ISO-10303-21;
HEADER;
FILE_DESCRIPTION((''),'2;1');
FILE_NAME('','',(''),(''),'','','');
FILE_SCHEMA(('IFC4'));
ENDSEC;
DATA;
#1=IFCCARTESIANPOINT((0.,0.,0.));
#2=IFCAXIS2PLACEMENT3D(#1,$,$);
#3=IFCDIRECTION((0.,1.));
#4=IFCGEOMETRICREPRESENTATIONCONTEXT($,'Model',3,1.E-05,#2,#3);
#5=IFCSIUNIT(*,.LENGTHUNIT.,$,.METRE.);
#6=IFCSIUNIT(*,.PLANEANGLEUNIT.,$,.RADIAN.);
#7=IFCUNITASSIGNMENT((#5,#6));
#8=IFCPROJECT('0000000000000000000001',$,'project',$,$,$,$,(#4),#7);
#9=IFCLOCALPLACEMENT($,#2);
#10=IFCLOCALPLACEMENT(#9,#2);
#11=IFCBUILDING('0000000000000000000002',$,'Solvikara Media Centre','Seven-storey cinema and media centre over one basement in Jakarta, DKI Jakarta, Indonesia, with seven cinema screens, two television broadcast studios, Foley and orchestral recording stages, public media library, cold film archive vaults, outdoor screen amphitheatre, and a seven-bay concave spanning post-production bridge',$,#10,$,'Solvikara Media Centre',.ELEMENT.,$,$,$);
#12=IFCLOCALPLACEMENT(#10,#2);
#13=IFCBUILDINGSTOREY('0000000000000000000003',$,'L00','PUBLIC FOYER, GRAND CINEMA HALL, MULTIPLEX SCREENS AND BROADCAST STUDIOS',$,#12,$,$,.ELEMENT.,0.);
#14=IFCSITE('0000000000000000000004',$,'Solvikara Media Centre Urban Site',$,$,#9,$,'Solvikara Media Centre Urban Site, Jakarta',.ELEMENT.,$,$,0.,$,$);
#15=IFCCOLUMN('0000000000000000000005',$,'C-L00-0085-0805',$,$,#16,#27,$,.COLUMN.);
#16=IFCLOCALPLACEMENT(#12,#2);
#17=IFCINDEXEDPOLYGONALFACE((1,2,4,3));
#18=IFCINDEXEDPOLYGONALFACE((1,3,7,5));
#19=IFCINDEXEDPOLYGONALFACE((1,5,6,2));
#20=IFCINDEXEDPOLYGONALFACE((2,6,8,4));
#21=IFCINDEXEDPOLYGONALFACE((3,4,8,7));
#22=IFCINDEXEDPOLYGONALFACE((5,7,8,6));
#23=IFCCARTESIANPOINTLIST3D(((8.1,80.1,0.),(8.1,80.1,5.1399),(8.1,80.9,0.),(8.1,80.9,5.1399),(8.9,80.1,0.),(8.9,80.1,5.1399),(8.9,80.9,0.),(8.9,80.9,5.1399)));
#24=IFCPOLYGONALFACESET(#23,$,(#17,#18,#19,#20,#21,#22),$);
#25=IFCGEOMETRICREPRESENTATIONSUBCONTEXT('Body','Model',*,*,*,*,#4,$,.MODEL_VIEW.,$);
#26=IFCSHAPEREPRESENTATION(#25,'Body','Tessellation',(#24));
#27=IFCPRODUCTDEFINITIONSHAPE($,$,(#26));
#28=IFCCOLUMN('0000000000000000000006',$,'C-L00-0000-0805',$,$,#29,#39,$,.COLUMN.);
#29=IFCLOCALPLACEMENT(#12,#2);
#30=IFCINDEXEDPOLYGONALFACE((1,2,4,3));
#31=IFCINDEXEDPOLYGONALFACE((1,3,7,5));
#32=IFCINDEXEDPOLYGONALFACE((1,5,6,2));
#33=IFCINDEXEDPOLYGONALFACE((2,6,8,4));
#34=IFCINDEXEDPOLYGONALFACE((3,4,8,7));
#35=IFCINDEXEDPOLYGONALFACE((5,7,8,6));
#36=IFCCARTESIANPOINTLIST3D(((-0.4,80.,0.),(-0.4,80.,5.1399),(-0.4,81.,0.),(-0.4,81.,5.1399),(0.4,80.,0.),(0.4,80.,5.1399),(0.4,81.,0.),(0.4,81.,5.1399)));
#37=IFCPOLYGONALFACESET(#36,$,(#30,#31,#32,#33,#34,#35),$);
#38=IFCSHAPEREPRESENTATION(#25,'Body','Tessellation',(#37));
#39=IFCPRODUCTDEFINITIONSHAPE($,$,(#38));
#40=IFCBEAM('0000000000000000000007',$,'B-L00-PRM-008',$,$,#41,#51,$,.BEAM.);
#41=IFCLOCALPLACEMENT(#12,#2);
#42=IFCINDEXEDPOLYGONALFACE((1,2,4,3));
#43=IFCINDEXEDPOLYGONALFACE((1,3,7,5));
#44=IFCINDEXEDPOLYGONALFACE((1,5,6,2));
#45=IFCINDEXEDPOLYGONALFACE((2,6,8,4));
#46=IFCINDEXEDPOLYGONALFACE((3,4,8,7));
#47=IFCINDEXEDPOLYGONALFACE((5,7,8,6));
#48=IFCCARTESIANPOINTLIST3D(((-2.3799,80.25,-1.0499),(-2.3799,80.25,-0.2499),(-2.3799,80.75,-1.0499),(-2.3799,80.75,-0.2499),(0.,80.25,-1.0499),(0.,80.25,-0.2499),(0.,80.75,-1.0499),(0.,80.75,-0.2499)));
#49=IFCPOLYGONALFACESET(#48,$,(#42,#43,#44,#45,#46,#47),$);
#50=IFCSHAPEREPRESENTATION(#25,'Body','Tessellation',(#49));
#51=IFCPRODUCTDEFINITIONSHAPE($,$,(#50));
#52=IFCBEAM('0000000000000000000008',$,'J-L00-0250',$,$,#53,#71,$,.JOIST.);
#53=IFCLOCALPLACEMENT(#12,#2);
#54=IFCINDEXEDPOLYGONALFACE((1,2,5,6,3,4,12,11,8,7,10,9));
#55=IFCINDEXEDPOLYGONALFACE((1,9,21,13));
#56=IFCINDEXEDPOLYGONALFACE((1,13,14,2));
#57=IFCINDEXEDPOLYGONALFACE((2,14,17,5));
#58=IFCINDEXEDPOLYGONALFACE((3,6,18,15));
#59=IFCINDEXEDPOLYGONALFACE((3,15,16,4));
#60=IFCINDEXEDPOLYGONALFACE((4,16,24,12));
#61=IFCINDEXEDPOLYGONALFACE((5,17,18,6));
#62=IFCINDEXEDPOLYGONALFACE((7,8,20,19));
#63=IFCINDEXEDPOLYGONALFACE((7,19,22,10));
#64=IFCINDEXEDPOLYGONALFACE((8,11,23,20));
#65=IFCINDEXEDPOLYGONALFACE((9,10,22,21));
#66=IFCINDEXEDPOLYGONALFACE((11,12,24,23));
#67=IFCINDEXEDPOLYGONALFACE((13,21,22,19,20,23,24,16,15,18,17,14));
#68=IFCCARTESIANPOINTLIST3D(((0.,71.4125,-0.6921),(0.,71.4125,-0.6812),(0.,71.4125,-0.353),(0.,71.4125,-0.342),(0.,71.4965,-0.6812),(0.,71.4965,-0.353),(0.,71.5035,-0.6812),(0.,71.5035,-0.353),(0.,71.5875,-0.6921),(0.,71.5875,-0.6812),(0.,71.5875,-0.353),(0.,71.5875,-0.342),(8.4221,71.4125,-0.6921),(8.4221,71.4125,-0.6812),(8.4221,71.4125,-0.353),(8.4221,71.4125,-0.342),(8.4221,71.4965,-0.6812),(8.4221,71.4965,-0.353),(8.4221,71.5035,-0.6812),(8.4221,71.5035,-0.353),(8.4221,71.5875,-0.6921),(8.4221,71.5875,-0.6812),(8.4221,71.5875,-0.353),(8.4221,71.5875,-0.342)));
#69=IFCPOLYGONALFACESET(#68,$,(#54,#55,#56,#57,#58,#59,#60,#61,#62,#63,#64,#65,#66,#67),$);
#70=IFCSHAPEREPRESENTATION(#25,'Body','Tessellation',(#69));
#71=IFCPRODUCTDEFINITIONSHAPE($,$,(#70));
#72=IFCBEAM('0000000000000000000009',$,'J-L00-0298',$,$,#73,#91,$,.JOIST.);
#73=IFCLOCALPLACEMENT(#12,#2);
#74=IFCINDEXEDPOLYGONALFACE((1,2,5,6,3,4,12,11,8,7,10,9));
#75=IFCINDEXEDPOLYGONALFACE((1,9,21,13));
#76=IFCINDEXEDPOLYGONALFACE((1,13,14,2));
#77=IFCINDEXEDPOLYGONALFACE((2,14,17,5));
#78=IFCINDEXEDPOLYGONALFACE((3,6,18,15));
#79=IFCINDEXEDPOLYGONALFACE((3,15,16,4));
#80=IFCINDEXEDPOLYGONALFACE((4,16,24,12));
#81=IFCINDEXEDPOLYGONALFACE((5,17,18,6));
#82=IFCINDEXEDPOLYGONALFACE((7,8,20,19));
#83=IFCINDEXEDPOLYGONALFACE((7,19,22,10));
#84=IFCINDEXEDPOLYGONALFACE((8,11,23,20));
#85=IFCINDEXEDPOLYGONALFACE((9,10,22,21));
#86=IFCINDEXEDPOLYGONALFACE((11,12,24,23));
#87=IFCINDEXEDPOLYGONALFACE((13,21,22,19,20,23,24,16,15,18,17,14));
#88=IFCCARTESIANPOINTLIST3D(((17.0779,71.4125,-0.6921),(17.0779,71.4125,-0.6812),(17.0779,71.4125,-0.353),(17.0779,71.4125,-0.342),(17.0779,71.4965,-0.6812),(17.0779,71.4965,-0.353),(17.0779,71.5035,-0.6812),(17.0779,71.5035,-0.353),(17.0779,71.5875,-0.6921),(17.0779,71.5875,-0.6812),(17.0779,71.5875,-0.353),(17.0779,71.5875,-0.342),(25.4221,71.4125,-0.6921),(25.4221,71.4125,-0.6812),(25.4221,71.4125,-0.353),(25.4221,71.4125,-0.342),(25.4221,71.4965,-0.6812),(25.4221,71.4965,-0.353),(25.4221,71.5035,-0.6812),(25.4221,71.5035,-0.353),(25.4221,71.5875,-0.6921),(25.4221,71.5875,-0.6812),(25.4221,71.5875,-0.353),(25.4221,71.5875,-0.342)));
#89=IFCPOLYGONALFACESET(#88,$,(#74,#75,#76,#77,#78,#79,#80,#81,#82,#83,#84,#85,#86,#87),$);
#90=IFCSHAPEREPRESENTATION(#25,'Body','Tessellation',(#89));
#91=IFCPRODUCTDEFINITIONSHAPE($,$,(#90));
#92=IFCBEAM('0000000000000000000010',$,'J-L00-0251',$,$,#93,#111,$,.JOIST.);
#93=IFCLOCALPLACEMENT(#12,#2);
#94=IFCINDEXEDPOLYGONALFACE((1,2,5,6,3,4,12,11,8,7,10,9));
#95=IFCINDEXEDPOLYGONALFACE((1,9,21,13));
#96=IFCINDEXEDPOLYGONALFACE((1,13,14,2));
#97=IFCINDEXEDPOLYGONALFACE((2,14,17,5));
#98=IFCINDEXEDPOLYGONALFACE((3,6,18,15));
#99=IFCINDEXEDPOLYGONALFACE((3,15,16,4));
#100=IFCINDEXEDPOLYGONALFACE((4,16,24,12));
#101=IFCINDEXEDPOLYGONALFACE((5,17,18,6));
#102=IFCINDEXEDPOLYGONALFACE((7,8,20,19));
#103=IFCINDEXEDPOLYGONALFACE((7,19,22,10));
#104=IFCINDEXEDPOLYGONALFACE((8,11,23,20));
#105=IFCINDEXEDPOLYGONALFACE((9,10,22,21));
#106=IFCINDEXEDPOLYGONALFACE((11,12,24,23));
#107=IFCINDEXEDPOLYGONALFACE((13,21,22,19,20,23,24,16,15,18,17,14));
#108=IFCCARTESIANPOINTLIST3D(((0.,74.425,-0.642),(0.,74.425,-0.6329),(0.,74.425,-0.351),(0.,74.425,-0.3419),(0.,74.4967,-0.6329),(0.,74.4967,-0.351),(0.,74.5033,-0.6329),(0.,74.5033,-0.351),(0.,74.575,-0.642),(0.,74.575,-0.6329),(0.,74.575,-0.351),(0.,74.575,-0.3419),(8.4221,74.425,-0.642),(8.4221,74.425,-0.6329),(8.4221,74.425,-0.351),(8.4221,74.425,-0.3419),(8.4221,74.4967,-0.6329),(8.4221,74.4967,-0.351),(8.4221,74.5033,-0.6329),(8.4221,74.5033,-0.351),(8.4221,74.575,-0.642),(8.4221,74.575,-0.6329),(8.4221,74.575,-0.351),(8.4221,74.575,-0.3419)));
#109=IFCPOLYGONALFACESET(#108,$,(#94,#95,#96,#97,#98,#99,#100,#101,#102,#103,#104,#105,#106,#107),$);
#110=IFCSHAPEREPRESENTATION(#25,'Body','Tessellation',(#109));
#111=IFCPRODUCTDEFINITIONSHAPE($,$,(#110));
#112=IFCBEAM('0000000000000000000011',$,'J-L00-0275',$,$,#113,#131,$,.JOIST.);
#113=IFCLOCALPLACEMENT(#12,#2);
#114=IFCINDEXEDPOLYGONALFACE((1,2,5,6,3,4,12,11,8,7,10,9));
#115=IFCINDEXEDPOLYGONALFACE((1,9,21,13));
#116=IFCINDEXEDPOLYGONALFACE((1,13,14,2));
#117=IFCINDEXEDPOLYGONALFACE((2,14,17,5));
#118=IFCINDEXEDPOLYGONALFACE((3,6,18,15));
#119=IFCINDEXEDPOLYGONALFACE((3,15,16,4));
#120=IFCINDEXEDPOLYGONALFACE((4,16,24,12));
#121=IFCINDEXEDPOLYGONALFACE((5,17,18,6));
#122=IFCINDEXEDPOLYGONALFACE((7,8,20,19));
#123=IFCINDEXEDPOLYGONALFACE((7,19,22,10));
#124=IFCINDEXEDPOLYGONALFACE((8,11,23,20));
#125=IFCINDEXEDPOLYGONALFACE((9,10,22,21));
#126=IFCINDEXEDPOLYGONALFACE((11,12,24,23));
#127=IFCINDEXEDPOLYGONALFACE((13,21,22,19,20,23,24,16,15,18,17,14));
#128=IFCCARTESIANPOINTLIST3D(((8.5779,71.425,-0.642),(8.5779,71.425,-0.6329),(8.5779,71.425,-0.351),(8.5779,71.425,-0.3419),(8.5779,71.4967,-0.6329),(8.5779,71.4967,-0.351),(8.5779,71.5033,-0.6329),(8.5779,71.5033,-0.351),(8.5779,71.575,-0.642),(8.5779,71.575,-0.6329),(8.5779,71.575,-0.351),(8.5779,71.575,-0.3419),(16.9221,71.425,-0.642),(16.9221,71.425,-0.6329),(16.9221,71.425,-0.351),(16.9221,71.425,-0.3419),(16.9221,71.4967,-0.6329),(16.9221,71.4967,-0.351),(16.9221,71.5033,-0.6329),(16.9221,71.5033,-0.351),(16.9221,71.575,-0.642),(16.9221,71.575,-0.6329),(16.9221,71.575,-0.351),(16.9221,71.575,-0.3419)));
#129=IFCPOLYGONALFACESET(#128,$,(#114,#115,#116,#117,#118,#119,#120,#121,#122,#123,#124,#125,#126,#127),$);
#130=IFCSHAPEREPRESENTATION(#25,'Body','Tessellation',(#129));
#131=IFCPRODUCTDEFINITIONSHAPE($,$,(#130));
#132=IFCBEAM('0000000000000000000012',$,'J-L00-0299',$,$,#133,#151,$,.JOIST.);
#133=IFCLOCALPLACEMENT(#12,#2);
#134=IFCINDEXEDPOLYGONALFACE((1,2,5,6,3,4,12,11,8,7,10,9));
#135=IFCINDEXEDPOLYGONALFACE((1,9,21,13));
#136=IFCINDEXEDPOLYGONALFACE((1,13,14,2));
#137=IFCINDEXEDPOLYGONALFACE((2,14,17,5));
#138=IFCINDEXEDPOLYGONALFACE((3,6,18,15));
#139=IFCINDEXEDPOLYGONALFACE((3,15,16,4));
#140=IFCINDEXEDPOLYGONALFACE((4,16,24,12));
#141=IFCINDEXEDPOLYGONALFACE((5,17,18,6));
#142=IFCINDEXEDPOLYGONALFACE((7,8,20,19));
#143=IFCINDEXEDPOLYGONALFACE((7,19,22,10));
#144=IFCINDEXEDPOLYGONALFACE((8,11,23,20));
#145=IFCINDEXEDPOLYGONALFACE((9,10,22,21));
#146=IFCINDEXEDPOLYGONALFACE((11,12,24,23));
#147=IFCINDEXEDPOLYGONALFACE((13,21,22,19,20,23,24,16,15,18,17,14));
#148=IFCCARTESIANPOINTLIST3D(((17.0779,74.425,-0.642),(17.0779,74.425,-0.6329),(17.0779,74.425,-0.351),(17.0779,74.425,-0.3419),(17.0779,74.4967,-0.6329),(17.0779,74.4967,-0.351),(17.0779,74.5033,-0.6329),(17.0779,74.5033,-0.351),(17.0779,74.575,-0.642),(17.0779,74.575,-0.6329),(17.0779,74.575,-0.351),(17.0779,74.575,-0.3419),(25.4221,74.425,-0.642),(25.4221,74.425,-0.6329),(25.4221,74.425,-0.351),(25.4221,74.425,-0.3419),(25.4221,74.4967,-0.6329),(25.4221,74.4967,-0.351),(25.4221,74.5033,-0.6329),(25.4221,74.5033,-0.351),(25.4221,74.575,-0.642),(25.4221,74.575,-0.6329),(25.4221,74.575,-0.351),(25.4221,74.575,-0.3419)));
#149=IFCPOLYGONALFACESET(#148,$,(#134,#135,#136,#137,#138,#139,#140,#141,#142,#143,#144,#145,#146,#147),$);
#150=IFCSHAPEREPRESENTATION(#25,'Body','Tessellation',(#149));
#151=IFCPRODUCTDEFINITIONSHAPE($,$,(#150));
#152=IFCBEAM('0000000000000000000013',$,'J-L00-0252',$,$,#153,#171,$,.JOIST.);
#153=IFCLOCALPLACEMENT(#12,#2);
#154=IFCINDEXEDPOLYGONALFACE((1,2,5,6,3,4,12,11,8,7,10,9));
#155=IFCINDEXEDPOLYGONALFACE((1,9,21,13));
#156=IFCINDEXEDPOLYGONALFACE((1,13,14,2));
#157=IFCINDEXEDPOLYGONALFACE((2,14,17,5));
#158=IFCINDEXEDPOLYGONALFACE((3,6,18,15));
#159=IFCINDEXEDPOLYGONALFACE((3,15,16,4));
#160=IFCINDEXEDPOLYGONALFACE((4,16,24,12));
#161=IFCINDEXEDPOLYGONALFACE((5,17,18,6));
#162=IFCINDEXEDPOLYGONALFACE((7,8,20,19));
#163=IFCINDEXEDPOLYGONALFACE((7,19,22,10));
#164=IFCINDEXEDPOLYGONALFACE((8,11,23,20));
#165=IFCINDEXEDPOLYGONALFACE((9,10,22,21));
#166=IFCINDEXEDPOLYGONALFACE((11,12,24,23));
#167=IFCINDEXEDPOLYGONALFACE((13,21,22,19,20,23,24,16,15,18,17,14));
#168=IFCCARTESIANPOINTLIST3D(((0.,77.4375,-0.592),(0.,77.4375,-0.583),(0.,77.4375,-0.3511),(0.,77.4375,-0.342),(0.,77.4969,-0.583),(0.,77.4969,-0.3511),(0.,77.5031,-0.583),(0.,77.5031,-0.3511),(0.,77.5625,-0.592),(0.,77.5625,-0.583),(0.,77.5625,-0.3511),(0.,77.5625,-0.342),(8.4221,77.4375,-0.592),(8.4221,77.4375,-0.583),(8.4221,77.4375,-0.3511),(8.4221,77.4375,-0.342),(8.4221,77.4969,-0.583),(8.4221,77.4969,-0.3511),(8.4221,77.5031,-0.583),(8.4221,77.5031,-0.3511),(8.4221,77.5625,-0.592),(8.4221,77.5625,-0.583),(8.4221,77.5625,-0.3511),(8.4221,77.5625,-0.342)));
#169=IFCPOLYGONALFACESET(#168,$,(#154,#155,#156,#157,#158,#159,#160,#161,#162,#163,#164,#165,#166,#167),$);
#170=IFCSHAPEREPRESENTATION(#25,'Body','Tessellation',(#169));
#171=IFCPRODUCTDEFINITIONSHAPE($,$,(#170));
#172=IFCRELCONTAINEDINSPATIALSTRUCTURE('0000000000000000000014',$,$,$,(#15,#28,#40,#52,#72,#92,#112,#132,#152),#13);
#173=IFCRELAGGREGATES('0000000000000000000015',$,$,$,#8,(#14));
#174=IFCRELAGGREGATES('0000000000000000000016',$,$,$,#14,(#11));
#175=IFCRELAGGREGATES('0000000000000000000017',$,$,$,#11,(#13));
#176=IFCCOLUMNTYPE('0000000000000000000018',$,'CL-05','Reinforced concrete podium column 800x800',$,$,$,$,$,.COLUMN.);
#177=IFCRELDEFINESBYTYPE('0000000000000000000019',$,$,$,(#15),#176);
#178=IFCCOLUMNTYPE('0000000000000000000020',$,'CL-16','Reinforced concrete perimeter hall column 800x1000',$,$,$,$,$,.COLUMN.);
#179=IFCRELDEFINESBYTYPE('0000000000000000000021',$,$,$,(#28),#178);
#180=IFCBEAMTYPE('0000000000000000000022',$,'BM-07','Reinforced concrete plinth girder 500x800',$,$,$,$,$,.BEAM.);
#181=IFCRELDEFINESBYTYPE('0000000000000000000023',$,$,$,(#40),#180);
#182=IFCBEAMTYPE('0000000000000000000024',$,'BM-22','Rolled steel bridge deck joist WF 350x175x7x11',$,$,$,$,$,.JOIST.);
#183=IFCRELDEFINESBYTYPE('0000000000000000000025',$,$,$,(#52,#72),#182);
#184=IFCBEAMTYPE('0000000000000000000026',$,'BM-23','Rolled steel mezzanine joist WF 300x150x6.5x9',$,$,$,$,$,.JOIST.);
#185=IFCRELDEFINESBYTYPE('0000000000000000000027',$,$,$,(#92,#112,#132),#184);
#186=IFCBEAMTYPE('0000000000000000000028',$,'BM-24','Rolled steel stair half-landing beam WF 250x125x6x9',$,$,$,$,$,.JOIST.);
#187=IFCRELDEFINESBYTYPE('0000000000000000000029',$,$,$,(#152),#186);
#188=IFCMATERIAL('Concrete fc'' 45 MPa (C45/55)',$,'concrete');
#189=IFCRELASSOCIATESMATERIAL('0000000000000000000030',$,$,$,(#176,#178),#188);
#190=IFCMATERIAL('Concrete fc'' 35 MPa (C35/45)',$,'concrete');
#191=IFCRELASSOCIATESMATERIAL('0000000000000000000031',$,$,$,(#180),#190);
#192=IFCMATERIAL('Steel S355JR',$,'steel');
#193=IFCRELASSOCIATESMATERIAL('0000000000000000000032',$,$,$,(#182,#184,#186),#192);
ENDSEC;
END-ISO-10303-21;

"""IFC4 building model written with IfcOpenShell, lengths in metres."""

from ifc_helpers import new_model, si_unit, direction, frame, origin, origin_2d, place, context, subcontext, project, spatial, rectangle, i_section, extrude, material, material_profile, profile_set, type_object, element, save


model = new_model("IFC4")

# Units and contexts
model_context = context("Model", 3, precision=1e-05, world=origin(), true_north=direction((0.0, 1.0)))
body_context = subcontext(model_context, "Body", "Model", "MODEL_VIEW")
ifc_project = project(units=[si_unit("LENGTHUNIT", "METRE"), si_unit("PLANEANGLEUNIT", "RADIAN")], contexts=[model_context])

# Site, building, storey
site_placement = place(None, origin())
site = spatial("IfcSite", under=ifc_project, at=site_placement, Name="Solvikara Media Centre Urban Site", LongName="Solvikara Media Centre Urban Site, Jakarta", CompositionType="ELEMENT", RefElevation=0.0)
building_placement = place(site_placement, origin())
building = spatial("IfcBuilding", under=site, at=building_placement, Name="Solvikara Media Centre", Description="Seven-storey cinema and media centre over one basement in Jakarta, DKI Jakarta, Indonesia, with seven cinema screens, two television broadcast studios, Foley and orchestral recording stages, public media library, cold film archive vaults, outdoor screen amphitheatre, and a seven-bay concave spanning post-production bridge", LongName="Solvikara Media Centre", CompositionType="ELEMENT")
storey_placement = place(building_placement, origin())
storey = spatial("IfcBuildingStorey", under=building, at=storey_placement, Name="L00", Description="PUBLIC FOYER, GRAND CINEMA HALL, MULTIPLEX SCREENS AND BROADCAST STUDIOS", CompositionType="ELEMENT", Elevation=0.0)

# Columns
ifc_material_1 = material(Name="Concrete fc' 45 MPa (C45/55)", Category="concrete")
ifc_material_profile_1 = material_profile(ifc_material_1, rectangle(XDim=0.8, YDim=0.8, at=origin_2d()), Name="RC 800x800")
ifc_profile_set_1 = profile_set([ifc_material_profile_1], Name="Concrete fc' 45 MPa (C45/55)")
column_type_1 = type_object("IfcColumnType", Name="CL-05", Description="Reinforced concrete podium column 800x800", PredefinedType="COLUMN", material=ifc_profile_set_1)
column_1_placement = place(storey_placement, frame((8.5, 80.5, 0.0), z_axis=(0.0, 0.0, 1.0), x_axis=(1.0, 0.0, 0.0)))
element("IfcColumn", 1, at=column_1_placement, inside=storey, type_object=column_type_1, Name="C-L00-0085-0805", PredefinedType="COLUMN", context=body_context, shape_type="SweptSolid", body=[
    extrude(rectangle(XDim=0.8, YDim=0.8, at=origin_2d()), origin(), (0.0, 0.0, 1.0), 5.1399),
])
ifc_material_profile_2 = material_profile(ifc_material_1, rectangle(XDim=0.8, YDim=1.0, at=origin_2d()), Name="RC 800x1000")
ifc_profile_set_2 = profile_set([ifc_material_profile_2], Name="Concrete fc' 45 MPa (C45/55)")
column_type_2 = type_object("IfcColumnType", Name="CL-16", Description="Reinforced concrete perimeter hall column 800x1000", PredefinedType="COLUMN", material=ifc_profile_set_2)
column_2_placement = place(storey_placement, frame((0.0, 80.5, 0.0), z_axis=(0.0, 0.0, 1.0), x_axis=(1.0, 0.0, 0.0)))
element("IfcColumn", 2, at=column_2_placement, inside=storey, type_object=column_type_2, Name="C-L00-0000-0805", PredefinedType="COLUMN", context=body_context, shape_type="SweptSolid", body=[
    extrude(rectangle(XDim=0.8, YDim=1.0, at=origin_2d()), origin(), (0.0, 0.0, 1.0), 5.1399),
])

# Beams
ifc_material_2 = material(Name="Concrete fc' 35 MPa (C35/45)", Category="concrete")
ifc_material_profile_3 = material_profile(ifc_material_2, rectangle(XDim=0.5, YDim=0.8, at=origin_2d()), Name="RC 500x800")
ifc_profile_set_3 = profile_set([ifc_material_profile_3], Name="Concrete fc' 35 MPa (C35/45)")
beam_type_1 = type_object("IfcBeamType", Name="BM-07", Description="Reinforced concrete plinth girder 500x800", PredefinedType="BEAM", material=ifc_profile_set_3)
beam_1_placement = place(storey_placement, frame((-2.3799, 80.5, -0.6499), z_axis=(1.0, 0.0, 0.0), x_axis=(0.0, 1.0, 0.0)))
element("IfcBeam", 3, at=beam_1_placement, inside=storey, type_object=beam_type_1, Name="B-L00-PRM-008", PredefinedType="BEAM", context=body_context, shape_type="SweptSolid", body=[
    extrude(rectangle(XDim=0.5, YDim=0.8, at=origin_2d()), origin(), (0.0, 0.0, 1.0), 2.3799),
])
ifc_material_3 = material(Name="Steel S355JR", Category="steel")
ifc_material_profile_4 = material_profile(ifc_material_3, i_section(OverallWidth=0.175, OverallDepth=0.3501, WebThickness=0.0071, FlangeThickness=0.011, at=origin_2d()), Name="WF 350x175x7x11")
ifc_profile_set_4 = profile_set([ifc_material_profile_4], Name="Steel S355JR")
beam_type_2 = type_object("IfcBeamType", Name="BM-22", Description="Rolled steel bridge deck joist WF 350x175x7x11", PredefinedType="JOIST", material=ifc_profile_set_4)
beam_2_placement = place(storey_placement, frame((0.0, 71.5, -0.5171), z_axis=(1.0, 0.0, 0.0), x_axis=(0.0, 1.0, 0.0)))
element("IfcBeam", 4, at=beam_2_placement, inside=storey, type_object=beam_type_2, Name="J-L00-0250", PredefinedType="JOIST", context=body_context, shape_type="SweptSolid", body=[
    extrude(i_section(OverallWidth=0.175, OverallDepth=0.3501, WebThickness=0.0071, FlangeThickness=0.011, at=origin_2d()), origin(), (0.0, 0.0, 1.0), 8.4221),
])
beam_3_placement = place(storey_placement, frame((17.0779, 71.5, -0.5171), z_axis=(1.0, 0.0, 0.0), x_axis=(0.0, 1.0, 0.0)))
element("IfcBeam", 5, at=beam_3_placement, inside=storey, type_object=beam_type_2, Name="J-L00-0298", PredefinedType="JOIST", context=body_context, shape_type="SweptSolid", body=[
    extrude(i_section(OverallWidth=0.175, OverallDepth=0.3501, WebThickness=0.0071, FlangeThickness=0.011, at=origin_2d()), origin(), (0.0, 0.0, 1.0), 8.3442),
])
ifc_material_profile_5 = material_profile(ifc_material_3, i_section(OverallWidth=0.1499, OverallDepth=0.3, WebThickness=0.0066, FlangeThickness=0.009, at=origin_2d()), Name="WF 300x150x6.5x9")
ifc_profile_set_5 = profile_set([ifc_material_profile_5], Name="Steel S355JR")
beam_type_3 = type_object("IfcBeamType", Name="BM-23", Description="Rolled steel mezzanine joist WF 300x150x6.5x9", PredefinedType="JOIST", material=ifc_profile_set_5)
beam_4_placement = place(storey_placement, frame((0.0, 74.5, -0.4919), z_axis=(1.0, 0.0, 0.0), x_axis=(0.0, 1.0, 0.0)))
element("IfcBeam", 6, at=beam_4_placement, inside=storey, type_object=beam_type_3, Name="J-L00-0251", PredefinedType="JOIST", context=body_context, shape_type="SweptSolid", body=[
    extrude(i_section(OverallWidth=0.1499, OverallDepth=0.3, WebThickness=0.0066, FlangeThickness=0.009, at=origin_2d()), origin(), (0.0, 0.0, 1.0), 8.4221),
])
for number, where, z_axis, x_axis, name in (
    (7, (8.5779, 71.5, -0.4919), (1.0, 0.0, 0.0), (0.0, 1.0, 0.0), "J-L00-0275"),
    (8, (17.0779, 74.5, -0.4919), (1.0, 0.0, 0.0), (0.0, 1.0, 0.0), "J-L00-0299"),
):
    element("IfcBeam", number, at=place(storey_placement, frame(where, z_axis=z_axis, x_axis=x_axis)), inside=storey, type_object=beam_type_3, Name=name, PredefinedType="JOIST", context=body_context, shape_type="SweptSolid", body=[
        extrude(i_section(OverallWidth=0.1499, OverallDepth=0.3, WebThickness=0.0066, FlangeThickness=0.009, at=origin_2d()), origin(), (0.0, 0.0, 1.0), 8.3442),
    ])
ifc_material_profile_6 = material_profile(ifc_material_3, i_section(OverallWidth=0.125, OverallDepth=0.25, WebThickness=0.0061, FlangeThickness=0.009, at=origin_2d()), Name="WF 250x125x6x9")
ifc_profile_set_6 = profile_set([ifc_material_profile_6], Name="Steel S355JR")
beam_type_4 = type_object("IfcBeamType", Name="BM-24", Description="Rolled steel stair half-landing beam WF 250x125x6x9", PredefinedType="JOIST", material=ifc_profile_set_6)
beam_5_placement = place(storey_placement, frame((0.0, 77.5, -0.467), z_axis=(1.0, 0.0, 0.0), x_axis=(0.0, 1.0, 0.0)))
element("IfcBeam", 9, at=beam_5_placement, inside=storey, type_object=beam_type_4, Name="J-L00-0252", PredefinedType="JOIST", context=body_context, shape_type="SweptSolid", body=[
    extrude(i_section(OverallWidth=0.125, OverallDepth=0.25, WebThickness=0.0061, FlangeThickness=0.009, at=origin_2d()), origin(), (0.0, 0.0, 1.0), 8.4221),
])

save(model, "model.ifc")
